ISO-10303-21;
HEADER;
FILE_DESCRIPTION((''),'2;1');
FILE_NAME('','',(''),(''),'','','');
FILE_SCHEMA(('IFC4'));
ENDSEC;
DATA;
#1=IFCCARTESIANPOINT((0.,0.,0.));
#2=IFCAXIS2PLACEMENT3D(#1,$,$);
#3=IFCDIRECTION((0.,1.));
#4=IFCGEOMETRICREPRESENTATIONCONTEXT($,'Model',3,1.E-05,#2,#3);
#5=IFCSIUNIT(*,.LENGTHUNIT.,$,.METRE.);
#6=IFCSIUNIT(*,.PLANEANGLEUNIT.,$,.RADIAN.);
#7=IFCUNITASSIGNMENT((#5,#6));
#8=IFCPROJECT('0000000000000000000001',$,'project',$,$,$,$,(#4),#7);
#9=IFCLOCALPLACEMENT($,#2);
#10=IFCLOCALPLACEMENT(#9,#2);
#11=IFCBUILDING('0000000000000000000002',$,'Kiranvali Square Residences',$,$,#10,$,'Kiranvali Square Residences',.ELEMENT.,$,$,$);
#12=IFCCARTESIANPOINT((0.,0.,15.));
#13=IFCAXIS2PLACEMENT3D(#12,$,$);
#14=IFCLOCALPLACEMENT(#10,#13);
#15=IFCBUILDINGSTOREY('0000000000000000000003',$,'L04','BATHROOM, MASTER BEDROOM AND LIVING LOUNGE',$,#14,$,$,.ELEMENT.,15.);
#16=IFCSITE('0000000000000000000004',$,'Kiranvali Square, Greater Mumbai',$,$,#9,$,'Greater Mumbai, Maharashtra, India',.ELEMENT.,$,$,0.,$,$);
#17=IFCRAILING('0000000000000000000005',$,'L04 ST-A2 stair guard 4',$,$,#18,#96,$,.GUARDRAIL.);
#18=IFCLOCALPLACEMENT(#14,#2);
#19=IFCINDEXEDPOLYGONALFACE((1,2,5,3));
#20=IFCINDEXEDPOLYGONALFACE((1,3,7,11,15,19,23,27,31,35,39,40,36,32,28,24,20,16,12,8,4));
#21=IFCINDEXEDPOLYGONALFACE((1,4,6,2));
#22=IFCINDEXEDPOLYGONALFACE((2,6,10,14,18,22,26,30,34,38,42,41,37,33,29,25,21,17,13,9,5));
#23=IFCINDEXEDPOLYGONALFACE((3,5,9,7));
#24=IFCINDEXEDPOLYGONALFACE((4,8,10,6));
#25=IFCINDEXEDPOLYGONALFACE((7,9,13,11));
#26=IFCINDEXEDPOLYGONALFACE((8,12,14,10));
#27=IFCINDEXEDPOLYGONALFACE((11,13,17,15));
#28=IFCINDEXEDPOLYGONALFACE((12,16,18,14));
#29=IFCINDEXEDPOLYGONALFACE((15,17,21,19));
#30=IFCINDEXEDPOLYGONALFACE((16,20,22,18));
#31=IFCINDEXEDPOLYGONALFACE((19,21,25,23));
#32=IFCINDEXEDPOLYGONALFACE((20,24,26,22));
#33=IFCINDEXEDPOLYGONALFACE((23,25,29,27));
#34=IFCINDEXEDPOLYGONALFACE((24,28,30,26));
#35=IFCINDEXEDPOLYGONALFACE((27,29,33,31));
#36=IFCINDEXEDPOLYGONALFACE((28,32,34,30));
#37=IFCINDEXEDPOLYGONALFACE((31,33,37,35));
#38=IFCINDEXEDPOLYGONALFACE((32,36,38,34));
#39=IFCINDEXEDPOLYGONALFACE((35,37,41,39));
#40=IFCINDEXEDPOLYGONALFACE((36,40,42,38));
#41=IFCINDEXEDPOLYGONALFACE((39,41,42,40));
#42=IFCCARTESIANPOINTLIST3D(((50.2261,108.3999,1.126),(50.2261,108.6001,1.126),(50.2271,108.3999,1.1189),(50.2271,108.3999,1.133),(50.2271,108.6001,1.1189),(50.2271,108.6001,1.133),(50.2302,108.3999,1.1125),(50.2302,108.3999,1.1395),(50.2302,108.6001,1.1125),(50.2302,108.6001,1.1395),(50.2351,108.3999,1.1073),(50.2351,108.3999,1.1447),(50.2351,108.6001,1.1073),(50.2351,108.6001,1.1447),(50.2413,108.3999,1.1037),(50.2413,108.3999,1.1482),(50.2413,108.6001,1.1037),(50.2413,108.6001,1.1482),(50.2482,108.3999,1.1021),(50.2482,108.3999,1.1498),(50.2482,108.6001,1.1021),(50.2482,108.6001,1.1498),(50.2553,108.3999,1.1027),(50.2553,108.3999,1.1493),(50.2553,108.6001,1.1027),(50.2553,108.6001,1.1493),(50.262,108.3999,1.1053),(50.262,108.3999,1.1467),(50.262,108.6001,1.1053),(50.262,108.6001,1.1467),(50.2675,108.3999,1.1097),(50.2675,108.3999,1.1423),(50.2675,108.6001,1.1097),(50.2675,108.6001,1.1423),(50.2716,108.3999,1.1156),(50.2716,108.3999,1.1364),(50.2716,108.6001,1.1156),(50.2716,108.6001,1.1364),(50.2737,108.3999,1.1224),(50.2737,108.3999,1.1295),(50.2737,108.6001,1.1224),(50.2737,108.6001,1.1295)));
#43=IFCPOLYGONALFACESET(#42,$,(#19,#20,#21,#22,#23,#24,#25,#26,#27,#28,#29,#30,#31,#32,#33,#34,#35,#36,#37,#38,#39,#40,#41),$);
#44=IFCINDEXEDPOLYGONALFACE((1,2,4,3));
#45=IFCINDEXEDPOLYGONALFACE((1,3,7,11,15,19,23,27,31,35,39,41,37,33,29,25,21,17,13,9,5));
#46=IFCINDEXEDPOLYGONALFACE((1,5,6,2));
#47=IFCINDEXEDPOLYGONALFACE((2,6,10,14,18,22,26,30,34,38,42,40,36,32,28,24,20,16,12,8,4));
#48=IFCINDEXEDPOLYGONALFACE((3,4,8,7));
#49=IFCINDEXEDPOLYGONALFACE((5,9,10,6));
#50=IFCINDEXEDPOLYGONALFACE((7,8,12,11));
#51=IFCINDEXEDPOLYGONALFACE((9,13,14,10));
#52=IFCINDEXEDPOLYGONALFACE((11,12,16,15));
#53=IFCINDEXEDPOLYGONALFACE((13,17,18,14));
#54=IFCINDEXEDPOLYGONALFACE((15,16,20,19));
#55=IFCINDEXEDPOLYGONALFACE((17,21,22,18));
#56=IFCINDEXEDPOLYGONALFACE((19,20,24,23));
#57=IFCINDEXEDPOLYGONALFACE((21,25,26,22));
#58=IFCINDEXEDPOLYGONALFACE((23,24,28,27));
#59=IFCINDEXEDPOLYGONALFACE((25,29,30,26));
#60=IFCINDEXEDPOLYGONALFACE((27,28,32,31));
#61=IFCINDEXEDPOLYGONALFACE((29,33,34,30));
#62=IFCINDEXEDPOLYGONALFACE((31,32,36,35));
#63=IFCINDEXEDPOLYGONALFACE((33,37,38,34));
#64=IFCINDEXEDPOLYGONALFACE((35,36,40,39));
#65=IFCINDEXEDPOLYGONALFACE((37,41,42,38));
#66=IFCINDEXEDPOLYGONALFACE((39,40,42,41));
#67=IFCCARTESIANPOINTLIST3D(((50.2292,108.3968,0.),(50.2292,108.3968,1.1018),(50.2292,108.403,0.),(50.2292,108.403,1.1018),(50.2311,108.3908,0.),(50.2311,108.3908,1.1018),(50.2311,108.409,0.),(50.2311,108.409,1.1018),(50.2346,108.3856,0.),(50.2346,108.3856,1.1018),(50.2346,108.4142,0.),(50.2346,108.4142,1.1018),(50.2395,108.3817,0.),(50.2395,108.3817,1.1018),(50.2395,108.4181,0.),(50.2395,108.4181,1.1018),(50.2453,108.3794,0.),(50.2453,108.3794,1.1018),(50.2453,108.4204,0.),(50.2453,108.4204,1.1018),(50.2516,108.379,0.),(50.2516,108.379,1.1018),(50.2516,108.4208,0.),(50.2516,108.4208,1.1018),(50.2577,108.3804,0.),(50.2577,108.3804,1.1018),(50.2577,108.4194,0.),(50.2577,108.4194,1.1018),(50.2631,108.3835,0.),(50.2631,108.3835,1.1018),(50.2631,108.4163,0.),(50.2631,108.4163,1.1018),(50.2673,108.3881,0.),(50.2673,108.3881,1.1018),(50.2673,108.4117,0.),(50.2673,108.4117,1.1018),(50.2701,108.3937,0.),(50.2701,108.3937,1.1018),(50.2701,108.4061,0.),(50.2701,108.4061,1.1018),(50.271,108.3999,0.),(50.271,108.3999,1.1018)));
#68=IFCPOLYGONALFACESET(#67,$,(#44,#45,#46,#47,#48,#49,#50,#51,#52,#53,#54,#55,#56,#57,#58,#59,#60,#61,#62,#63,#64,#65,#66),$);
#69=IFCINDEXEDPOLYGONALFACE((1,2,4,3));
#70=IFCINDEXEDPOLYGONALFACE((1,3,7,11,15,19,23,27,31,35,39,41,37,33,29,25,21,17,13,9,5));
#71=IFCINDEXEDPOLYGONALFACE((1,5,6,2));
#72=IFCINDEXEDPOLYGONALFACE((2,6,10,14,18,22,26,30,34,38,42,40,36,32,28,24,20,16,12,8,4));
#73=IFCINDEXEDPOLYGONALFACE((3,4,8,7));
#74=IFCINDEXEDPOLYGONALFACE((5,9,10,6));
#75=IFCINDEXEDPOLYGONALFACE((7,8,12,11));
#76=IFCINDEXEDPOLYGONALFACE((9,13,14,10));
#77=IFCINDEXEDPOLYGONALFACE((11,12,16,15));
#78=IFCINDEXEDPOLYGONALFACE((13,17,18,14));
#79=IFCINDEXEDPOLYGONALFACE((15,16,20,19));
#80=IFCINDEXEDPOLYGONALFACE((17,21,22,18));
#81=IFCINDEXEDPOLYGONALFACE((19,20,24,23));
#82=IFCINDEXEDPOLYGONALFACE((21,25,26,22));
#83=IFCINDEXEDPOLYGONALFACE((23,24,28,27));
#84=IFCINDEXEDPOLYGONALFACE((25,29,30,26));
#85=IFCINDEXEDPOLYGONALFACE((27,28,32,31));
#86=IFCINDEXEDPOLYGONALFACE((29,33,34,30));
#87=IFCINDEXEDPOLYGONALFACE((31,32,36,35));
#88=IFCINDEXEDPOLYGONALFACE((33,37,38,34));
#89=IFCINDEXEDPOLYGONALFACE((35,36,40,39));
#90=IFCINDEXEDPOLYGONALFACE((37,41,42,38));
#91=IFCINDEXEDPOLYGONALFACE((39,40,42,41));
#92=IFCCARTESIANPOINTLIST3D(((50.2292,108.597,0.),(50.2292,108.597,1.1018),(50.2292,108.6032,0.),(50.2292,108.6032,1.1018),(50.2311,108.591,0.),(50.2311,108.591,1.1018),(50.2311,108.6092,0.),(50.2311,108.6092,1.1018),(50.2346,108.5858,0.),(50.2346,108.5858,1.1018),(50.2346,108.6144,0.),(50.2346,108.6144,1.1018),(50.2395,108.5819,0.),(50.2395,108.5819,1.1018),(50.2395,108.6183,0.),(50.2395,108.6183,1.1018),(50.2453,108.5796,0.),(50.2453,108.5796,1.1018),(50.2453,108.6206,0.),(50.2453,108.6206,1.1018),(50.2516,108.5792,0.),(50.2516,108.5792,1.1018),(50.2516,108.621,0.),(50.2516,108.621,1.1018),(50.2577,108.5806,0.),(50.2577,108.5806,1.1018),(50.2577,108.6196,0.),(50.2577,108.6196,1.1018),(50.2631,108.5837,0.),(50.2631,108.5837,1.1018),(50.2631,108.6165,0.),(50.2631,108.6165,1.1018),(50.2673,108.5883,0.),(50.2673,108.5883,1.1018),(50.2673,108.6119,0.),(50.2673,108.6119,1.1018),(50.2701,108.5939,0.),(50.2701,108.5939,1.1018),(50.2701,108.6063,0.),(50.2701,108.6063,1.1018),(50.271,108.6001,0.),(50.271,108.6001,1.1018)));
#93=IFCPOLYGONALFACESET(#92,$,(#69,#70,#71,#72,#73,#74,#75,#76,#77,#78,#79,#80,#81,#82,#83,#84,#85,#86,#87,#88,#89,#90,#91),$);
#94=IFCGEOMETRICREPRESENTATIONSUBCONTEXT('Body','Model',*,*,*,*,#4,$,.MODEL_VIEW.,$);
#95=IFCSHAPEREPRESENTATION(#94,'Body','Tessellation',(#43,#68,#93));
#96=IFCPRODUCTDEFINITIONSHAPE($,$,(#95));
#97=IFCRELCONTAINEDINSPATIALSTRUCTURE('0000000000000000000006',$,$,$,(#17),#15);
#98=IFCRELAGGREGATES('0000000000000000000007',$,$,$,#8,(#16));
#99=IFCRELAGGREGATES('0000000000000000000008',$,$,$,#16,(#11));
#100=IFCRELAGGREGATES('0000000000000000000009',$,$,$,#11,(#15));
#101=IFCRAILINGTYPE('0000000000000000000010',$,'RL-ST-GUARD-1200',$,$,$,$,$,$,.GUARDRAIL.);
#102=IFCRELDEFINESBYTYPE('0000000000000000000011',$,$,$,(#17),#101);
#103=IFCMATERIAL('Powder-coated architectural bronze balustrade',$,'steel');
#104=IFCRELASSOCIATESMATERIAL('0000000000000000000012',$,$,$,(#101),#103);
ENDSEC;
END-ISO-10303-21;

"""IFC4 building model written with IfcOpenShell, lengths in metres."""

from ifc_helpers import new_model, si_unit, direction, frame, origin, origin_2d, place, context, subcontext, project, spatial, circle, extrude, material, type_object, element, save


model = new_model("IFC4")

# Units and contexts
model_context = context("Model", 3, precision=1e-05, world=origin(), true_north=direction((0.0, 1.0)))
body_context = subcontext(model_context, "Body", "Model", "MODEL_VIEW")
ifc_project = project(units=[si_unit("LENGTHUNIT", "METRE"), si_unit("PLANEANGLEUNIT", "RADIAN")], contexts=[model_context])

# Site, building, storey
site_placement = place(None, origin())
site = spatial("IfcSite", under=ifc_project, at=site_placement, Name="Kiranvali Square, Greater Mumbai", LongName="Greater Mumbai, Maharashtra, India", CompositionType="ELEMENT", RefElevation=0.0)
building_placement = place(site_placement, origin())
building = spatial("IfcBuilding", under=site, at=building_placement, Name="Kiranvali Square Residences", LongName="Kiranvali Square Residences", CompositionType="ELEMENT")
storey_placement = place(building_placement, frame((0.0, 0.0, 15.0)))
storey = spatial("IfcBuildingStorey", under=building, at=storey_placement, Name="L04", Description="BATHROOM, MASTER BEDROOM AND LIVING LOUNGE", CompositionType="ELEMENT", Elevation=15.0)

# Railing
ifc_material_1 = material(Name="Powder-coated architectural bronze balustrade", Category="steel")
railing_type_1 = type_object("IfcRailingType", Name="RL-ST-GUARD-1200", PredefinedType="GUARDRAIL", material=ifc_material_1)
railing_1_placement = place(storey_placement, frame((50.25, 108.3999, 0.0)))
element("IfcRailing", 1, at=railing_1_placement, inside=storey, type_object=railing_type_1, Name="L04 ST-A2 stair guard 4", PredefinedType="GUARDRAIL", context=body_context, shape_type="SweptSolid", body=[
    extrude(circle(Radius=0.0239, at=origin_2d()), frame((0.0, 0.0, 1.126), z_axis=(0.0, 1.0, 0.0), x_axis=(-1.0, 0.0, 0.0)), (0.0, 0.0, 1.0), 0.2002),
    extrude(circle(Radius=0.021, at=origin_2d()), origin(), (0.0, 0.0, 1.0), 1.1018),
    extrude(circle(Radius=0.021, at=origin_2d()), frame((0.0, 0.2002, 0.0)), (0.0, 0.0, 1.0), 1.1018),
])

save(model, "model.ifc")
